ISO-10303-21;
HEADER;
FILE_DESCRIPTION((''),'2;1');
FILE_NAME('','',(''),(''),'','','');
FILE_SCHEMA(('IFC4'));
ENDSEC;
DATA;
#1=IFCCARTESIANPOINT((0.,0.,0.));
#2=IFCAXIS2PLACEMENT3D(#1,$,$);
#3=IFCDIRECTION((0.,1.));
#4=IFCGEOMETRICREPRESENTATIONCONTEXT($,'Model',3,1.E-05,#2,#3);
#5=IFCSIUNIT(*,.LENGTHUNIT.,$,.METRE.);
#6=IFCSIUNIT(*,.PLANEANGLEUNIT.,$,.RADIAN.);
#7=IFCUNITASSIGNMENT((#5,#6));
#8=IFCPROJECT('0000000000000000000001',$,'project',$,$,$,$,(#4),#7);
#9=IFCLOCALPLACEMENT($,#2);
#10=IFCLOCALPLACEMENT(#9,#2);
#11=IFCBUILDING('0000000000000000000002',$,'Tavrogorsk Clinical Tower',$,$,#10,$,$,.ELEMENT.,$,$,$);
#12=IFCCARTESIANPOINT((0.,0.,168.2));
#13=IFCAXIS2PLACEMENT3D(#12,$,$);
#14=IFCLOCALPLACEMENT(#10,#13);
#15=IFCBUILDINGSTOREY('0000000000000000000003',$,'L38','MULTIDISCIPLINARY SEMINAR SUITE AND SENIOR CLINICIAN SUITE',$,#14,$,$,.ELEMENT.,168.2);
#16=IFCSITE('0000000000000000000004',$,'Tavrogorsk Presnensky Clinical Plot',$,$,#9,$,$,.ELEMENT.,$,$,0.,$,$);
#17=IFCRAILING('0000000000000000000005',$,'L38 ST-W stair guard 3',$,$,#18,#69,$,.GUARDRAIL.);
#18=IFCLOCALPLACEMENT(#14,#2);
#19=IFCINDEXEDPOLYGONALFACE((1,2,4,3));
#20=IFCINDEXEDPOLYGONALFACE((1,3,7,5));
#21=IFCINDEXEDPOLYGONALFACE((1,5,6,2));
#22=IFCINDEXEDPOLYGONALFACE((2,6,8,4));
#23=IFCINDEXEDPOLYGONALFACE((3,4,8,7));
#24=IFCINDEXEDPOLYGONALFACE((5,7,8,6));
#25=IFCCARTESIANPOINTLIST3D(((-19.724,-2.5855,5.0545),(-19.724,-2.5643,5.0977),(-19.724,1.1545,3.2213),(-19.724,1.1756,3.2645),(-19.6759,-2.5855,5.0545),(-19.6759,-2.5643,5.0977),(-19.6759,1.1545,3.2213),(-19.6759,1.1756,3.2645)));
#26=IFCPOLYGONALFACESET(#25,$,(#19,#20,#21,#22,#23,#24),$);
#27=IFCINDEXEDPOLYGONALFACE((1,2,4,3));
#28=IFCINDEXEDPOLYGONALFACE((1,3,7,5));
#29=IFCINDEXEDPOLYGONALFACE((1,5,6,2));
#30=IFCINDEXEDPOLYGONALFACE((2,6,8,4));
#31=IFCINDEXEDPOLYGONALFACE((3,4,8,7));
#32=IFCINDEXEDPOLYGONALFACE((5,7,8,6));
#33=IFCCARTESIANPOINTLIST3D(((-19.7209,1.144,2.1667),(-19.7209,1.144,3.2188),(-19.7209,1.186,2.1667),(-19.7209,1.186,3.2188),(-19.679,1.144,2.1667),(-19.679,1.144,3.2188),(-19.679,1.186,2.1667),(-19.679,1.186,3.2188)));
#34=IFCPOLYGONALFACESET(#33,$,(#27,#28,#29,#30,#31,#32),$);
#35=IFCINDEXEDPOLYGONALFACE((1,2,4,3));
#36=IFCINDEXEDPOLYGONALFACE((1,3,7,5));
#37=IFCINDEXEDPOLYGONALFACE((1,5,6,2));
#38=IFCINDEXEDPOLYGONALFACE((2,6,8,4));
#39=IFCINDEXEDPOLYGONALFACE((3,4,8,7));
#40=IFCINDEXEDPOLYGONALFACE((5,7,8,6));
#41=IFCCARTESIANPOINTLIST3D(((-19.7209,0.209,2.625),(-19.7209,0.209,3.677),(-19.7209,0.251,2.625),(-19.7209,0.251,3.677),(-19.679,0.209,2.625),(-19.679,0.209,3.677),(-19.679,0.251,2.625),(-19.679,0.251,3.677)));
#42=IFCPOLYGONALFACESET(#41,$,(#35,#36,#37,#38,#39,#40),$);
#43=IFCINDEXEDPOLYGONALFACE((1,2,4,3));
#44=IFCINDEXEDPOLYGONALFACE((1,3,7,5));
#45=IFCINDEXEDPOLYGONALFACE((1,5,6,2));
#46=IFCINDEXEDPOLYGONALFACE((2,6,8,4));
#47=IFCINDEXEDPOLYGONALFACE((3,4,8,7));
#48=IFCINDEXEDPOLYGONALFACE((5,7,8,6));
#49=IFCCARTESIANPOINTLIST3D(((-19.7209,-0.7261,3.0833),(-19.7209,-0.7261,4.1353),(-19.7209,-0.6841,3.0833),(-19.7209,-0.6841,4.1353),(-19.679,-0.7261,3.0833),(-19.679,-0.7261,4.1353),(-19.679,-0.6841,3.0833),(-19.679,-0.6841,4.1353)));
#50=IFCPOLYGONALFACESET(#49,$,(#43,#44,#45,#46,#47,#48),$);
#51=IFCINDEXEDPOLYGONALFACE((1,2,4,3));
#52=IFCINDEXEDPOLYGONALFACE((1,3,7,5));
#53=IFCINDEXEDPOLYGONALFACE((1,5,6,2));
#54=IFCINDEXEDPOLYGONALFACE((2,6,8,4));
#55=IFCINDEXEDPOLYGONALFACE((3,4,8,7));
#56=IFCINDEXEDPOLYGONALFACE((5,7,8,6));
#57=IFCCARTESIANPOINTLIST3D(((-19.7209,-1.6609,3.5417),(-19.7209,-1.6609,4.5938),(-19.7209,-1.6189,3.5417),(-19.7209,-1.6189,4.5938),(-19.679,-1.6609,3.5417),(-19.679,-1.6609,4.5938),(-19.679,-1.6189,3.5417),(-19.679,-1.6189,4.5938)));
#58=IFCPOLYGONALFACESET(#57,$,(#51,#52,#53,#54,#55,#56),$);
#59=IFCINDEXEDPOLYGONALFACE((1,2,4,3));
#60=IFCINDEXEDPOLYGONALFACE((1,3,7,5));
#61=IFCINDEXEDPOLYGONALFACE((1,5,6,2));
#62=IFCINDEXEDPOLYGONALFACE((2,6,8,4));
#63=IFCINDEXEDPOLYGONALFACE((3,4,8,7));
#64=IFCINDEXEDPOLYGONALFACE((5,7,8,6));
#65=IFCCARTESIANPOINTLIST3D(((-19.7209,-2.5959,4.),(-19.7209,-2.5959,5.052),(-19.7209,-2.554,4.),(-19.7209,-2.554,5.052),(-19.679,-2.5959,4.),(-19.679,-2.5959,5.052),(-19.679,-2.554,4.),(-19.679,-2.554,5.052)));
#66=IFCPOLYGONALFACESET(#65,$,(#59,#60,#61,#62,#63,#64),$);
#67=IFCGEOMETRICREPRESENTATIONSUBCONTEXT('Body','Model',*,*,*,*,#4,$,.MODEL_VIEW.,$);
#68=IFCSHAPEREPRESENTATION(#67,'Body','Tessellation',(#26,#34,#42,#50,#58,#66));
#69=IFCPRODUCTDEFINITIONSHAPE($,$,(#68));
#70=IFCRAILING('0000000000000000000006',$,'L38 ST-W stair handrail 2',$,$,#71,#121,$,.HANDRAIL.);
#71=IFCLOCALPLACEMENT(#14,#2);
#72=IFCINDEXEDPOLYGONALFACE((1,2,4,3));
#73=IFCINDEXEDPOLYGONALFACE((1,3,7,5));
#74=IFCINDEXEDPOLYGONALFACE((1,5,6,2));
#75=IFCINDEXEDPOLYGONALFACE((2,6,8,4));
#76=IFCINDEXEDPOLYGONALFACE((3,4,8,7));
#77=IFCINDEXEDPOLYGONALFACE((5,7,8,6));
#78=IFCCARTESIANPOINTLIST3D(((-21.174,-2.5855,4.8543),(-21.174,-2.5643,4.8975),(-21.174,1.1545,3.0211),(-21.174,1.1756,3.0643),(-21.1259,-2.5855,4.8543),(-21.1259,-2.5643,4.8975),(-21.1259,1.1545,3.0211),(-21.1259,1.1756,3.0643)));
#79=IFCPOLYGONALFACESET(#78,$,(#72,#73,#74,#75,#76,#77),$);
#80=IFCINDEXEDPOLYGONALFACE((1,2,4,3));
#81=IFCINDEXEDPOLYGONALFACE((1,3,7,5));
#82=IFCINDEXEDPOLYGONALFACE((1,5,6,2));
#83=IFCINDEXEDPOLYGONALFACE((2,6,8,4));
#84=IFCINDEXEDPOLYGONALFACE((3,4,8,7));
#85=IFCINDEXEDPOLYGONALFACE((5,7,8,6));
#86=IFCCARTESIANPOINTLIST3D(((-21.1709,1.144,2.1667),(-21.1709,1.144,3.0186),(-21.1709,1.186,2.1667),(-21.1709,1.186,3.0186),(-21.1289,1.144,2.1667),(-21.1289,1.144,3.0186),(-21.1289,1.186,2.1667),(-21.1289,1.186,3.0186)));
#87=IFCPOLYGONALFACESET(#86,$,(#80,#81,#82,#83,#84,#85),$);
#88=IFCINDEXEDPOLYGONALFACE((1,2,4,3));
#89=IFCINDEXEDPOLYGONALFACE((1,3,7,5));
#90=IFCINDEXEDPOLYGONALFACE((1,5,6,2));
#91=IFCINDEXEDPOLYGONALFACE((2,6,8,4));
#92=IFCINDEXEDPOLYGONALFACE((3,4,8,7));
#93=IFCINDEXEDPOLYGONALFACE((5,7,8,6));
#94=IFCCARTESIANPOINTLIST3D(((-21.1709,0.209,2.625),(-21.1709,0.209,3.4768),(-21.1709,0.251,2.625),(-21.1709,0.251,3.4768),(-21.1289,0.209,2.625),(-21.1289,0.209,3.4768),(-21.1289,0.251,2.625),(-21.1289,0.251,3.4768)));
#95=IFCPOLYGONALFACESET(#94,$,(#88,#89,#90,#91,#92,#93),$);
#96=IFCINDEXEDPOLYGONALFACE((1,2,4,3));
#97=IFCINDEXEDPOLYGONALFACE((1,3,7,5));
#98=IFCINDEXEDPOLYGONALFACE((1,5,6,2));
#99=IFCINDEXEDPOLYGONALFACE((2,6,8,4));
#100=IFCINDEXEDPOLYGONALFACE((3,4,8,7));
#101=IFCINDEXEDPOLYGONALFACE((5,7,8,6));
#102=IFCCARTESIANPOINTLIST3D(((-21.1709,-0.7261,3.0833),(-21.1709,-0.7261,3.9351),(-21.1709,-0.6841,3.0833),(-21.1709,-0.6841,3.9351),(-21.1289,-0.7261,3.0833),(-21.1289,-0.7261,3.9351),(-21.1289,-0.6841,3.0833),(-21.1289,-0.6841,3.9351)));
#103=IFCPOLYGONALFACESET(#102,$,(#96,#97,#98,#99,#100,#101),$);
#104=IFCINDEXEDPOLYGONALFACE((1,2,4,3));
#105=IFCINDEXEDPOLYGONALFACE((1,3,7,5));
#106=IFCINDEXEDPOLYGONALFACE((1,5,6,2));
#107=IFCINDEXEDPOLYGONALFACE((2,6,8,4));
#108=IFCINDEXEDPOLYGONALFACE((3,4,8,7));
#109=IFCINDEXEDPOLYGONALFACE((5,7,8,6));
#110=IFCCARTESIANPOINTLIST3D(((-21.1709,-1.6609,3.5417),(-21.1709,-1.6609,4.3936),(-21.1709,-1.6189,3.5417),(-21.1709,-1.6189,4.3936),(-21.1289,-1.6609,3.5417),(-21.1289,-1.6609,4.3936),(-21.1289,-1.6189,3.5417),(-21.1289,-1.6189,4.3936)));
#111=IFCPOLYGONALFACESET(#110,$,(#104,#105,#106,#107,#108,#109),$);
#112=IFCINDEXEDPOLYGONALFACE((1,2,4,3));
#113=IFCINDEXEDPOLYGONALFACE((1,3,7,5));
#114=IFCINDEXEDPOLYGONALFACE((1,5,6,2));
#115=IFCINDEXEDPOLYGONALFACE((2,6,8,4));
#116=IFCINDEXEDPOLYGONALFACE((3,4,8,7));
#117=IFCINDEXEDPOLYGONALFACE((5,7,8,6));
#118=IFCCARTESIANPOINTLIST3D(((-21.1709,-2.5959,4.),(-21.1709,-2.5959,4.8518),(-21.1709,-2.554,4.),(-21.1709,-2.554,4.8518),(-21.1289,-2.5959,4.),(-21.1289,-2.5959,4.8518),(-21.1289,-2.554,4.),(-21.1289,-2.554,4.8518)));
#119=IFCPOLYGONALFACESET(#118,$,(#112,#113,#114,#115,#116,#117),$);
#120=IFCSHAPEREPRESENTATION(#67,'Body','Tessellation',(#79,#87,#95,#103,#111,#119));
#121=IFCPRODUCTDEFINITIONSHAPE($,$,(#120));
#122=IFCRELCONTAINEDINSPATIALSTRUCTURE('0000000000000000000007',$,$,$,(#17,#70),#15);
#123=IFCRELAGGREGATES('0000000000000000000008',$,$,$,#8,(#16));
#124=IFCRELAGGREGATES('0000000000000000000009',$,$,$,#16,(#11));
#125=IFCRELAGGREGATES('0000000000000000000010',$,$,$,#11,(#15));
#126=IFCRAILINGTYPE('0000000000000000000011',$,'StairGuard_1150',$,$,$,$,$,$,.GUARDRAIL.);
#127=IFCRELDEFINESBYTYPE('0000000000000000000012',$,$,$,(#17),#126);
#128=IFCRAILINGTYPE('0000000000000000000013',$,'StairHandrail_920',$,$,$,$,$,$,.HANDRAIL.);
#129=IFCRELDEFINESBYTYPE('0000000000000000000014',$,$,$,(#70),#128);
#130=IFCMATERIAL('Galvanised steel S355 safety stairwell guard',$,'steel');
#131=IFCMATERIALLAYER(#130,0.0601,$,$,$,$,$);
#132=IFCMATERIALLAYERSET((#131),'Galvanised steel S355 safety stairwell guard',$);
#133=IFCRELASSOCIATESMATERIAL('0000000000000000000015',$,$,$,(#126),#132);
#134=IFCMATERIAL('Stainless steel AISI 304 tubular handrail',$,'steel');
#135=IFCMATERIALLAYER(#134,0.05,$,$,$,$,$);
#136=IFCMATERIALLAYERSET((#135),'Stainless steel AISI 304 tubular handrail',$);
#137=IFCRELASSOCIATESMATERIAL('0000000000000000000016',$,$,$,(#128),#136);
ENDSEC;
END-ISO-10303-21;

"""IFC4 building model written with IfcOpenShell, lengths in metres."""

from ifc_helpers import new_model, si_unit, direction, frame, origin, origin_2d, place, context, subcontext, project, spatial, rectangle, extrude, material, layer, layer_set, type_object, element, save


model = new_model("IFC4")

# Units and contexts
model_context = context("Model", 3, precision=1e-05, world=origin(), true_north=direction((0.0, 1.0)))
body_context = subcontext(model_context, "Body", "Model", "MODEL_VIEW")
ifc_project = project(units=[si_unit("LENGTHUNIT", "METRE"), si_unit("PLANEANGLEUNIT", "RADIAN")], contexts=[model_context])

# Site, building, storey
site_placement = place(None, origin())
site = spatial("IfcSite", under=ifc_project, at=site_placement, Name="Tavrogorsk Presnensky Clinical Plot", CompositionType="ELEMENT", RefElevation=0.0)
building_placement = place(site_placement, origin())
building = spatial("IfcBuilding", under=site, at=building_placement, Name="Tavrogorsk Clinical Tower", CompositionType="ELEMENT")
storey_placement = place(building_placement, frame((0.0, 0.0, 168.2)))
storey = spatial("IfcBuildingStorey", under=building, at=storey_placement, Name="L38", Description="MULTIDISCIPLINARY SEMINAR SUITE AND SENIOR CLINICIAN SUITE", CompositionType="ELEMENT", Elevation=168.2)

# Railings
ifc_material_1 = material(Name="Galvanised steel S355 safety stairwell guard", Category="steel")
ifc_layer_1 = layer(ifc_material_1, 0.0601)
ifc_layer_set_1 = layer_set([ifc_layer_1], Name="Galvanised steel S355 safety stairwell guard")
railing_type_1 = type_object("IfcRailingType", Name="StairGuard_1150", PredefinedType="GUARDRAIL", material=ifc_layer_set_1)
railing_1_placement = place(storey_placement, frame((-19.7, 1.165, 2.1667)))
element("IfcRailing", 1, at=railing_1_placement, inside=storey, type_object=railing_type_1, Name="L38 ST-W stair guard 3", PredefinedType="GUARDRAIL", context=body_context, shape_type="SweptSolid", body=[
    extrude(rectangle(XDim=0.0481, YDim=0.0481, at=origin_2d()), frame((0.0, 0.0, 1.0762), z_axis=(0.0, -0.897928, 0.440142), x_axis=(1.0, 0.0, 0.0)), (0.0, 0.0, 1.0), 4.165),
    extrude(rectangle(XDim=0.042, YDim=0.042, at=origin_2d()), origin(), (0.0, 0.0, 1.0), 1.052),
    extrude(rectangle(XDim=0.042, YDim=0.042, at=origin_2d()), frame((0.0, -0.9351, 0.4583)), (0.0, 0.0, 1.0), 1.052),
    extrude(rectangle(XDim=0.042, YDim=0.042, at=origin_2d()), frame((0.0, -1.8701, 0.9165)), (0.0, 0.0, 1.0), 1.052),
    extrude(rectangle(XDim=0.042, YDim=0.042, at=origin_2d()), frame((0.0, -2.8049, 1.375)), (0.0, 0.0, 1.0), 1.052),
    extrude(rectangle(XDim=0.042, YDim=0.042, at=origin_2d()), frame((0.0, -3.74, 1.8333)), (0.0, 0.0, 1.0), 1.052),
])
ifc_material_2 = material(Name="Stainless steel AISI 304 tubular handrail", Category="steel")
ifc_layer_2 = layer(ifc_material_2, 0.05)
ifc_layer_set_2 = layer_set([ifc_layer_2], Name="Stainless steel AISI 304 tubular handrail")
railing_type_2 = type_object("IfcRailingType", Name="StairHandrail_920", PredefinedType="HANDRAIL", material=ifc_layer_set_2)
railing_2_placement = place(storey_placement, frame((-21.1499, 1.165, 2.1667)))
element("IfcRailing", 2, at=railing_2_placement, inside=storey, type_object=railing_type_2, Name="L38 ST-W stair handrail 2", PredefinedType="HANDRAIL", context=body_context, shape_type="SweptSolid", body=[
    extrude(rectangle(XDim=0.0481, YDim=0.0481, at=origin_2d()), frame((0.0, 0.0, 0.876), z_axis=(0.0, -0.897928, 0.440142), x_axis=(1.0, 0.0, 0.0)), (0.0, 0.0, 1.0), 4.165),
    extrude(rectangle(XDim=0.042, YDim=0.042, at=origin_2d()), origin(), (0.0, 0.0, 1.0), 0.8518),
    extrude(rectangle(XDim=0.042, YDim=0.042, at=origin_2d()), frame((0.0, -0.9351, 0.4583)), (0.0, 0.0, 1.0), 0.8518),
    extrude(rectangle(XDim=0.042, YDim=0.042, at=origin_2d()), frame((0.0, -1.8701, 0.9165)), (0.0, 0.0, 1.0), 0.8518),
    extrude(rectangle(XDim=0.042, YDim=0.042, at=origin_2d()), frame((0.0, -2.8049, 1.375)), (0.0, 0.0, 1.0), 0.8518),
    extrude(rectangle(XDim=0.042, YDim=0.042, at=origin_2d()), frame((0.0, -3.74, 1.8333)), (0.0, 0.0, 1.0), 0.8518),
])

save(model, "model.ifc")
